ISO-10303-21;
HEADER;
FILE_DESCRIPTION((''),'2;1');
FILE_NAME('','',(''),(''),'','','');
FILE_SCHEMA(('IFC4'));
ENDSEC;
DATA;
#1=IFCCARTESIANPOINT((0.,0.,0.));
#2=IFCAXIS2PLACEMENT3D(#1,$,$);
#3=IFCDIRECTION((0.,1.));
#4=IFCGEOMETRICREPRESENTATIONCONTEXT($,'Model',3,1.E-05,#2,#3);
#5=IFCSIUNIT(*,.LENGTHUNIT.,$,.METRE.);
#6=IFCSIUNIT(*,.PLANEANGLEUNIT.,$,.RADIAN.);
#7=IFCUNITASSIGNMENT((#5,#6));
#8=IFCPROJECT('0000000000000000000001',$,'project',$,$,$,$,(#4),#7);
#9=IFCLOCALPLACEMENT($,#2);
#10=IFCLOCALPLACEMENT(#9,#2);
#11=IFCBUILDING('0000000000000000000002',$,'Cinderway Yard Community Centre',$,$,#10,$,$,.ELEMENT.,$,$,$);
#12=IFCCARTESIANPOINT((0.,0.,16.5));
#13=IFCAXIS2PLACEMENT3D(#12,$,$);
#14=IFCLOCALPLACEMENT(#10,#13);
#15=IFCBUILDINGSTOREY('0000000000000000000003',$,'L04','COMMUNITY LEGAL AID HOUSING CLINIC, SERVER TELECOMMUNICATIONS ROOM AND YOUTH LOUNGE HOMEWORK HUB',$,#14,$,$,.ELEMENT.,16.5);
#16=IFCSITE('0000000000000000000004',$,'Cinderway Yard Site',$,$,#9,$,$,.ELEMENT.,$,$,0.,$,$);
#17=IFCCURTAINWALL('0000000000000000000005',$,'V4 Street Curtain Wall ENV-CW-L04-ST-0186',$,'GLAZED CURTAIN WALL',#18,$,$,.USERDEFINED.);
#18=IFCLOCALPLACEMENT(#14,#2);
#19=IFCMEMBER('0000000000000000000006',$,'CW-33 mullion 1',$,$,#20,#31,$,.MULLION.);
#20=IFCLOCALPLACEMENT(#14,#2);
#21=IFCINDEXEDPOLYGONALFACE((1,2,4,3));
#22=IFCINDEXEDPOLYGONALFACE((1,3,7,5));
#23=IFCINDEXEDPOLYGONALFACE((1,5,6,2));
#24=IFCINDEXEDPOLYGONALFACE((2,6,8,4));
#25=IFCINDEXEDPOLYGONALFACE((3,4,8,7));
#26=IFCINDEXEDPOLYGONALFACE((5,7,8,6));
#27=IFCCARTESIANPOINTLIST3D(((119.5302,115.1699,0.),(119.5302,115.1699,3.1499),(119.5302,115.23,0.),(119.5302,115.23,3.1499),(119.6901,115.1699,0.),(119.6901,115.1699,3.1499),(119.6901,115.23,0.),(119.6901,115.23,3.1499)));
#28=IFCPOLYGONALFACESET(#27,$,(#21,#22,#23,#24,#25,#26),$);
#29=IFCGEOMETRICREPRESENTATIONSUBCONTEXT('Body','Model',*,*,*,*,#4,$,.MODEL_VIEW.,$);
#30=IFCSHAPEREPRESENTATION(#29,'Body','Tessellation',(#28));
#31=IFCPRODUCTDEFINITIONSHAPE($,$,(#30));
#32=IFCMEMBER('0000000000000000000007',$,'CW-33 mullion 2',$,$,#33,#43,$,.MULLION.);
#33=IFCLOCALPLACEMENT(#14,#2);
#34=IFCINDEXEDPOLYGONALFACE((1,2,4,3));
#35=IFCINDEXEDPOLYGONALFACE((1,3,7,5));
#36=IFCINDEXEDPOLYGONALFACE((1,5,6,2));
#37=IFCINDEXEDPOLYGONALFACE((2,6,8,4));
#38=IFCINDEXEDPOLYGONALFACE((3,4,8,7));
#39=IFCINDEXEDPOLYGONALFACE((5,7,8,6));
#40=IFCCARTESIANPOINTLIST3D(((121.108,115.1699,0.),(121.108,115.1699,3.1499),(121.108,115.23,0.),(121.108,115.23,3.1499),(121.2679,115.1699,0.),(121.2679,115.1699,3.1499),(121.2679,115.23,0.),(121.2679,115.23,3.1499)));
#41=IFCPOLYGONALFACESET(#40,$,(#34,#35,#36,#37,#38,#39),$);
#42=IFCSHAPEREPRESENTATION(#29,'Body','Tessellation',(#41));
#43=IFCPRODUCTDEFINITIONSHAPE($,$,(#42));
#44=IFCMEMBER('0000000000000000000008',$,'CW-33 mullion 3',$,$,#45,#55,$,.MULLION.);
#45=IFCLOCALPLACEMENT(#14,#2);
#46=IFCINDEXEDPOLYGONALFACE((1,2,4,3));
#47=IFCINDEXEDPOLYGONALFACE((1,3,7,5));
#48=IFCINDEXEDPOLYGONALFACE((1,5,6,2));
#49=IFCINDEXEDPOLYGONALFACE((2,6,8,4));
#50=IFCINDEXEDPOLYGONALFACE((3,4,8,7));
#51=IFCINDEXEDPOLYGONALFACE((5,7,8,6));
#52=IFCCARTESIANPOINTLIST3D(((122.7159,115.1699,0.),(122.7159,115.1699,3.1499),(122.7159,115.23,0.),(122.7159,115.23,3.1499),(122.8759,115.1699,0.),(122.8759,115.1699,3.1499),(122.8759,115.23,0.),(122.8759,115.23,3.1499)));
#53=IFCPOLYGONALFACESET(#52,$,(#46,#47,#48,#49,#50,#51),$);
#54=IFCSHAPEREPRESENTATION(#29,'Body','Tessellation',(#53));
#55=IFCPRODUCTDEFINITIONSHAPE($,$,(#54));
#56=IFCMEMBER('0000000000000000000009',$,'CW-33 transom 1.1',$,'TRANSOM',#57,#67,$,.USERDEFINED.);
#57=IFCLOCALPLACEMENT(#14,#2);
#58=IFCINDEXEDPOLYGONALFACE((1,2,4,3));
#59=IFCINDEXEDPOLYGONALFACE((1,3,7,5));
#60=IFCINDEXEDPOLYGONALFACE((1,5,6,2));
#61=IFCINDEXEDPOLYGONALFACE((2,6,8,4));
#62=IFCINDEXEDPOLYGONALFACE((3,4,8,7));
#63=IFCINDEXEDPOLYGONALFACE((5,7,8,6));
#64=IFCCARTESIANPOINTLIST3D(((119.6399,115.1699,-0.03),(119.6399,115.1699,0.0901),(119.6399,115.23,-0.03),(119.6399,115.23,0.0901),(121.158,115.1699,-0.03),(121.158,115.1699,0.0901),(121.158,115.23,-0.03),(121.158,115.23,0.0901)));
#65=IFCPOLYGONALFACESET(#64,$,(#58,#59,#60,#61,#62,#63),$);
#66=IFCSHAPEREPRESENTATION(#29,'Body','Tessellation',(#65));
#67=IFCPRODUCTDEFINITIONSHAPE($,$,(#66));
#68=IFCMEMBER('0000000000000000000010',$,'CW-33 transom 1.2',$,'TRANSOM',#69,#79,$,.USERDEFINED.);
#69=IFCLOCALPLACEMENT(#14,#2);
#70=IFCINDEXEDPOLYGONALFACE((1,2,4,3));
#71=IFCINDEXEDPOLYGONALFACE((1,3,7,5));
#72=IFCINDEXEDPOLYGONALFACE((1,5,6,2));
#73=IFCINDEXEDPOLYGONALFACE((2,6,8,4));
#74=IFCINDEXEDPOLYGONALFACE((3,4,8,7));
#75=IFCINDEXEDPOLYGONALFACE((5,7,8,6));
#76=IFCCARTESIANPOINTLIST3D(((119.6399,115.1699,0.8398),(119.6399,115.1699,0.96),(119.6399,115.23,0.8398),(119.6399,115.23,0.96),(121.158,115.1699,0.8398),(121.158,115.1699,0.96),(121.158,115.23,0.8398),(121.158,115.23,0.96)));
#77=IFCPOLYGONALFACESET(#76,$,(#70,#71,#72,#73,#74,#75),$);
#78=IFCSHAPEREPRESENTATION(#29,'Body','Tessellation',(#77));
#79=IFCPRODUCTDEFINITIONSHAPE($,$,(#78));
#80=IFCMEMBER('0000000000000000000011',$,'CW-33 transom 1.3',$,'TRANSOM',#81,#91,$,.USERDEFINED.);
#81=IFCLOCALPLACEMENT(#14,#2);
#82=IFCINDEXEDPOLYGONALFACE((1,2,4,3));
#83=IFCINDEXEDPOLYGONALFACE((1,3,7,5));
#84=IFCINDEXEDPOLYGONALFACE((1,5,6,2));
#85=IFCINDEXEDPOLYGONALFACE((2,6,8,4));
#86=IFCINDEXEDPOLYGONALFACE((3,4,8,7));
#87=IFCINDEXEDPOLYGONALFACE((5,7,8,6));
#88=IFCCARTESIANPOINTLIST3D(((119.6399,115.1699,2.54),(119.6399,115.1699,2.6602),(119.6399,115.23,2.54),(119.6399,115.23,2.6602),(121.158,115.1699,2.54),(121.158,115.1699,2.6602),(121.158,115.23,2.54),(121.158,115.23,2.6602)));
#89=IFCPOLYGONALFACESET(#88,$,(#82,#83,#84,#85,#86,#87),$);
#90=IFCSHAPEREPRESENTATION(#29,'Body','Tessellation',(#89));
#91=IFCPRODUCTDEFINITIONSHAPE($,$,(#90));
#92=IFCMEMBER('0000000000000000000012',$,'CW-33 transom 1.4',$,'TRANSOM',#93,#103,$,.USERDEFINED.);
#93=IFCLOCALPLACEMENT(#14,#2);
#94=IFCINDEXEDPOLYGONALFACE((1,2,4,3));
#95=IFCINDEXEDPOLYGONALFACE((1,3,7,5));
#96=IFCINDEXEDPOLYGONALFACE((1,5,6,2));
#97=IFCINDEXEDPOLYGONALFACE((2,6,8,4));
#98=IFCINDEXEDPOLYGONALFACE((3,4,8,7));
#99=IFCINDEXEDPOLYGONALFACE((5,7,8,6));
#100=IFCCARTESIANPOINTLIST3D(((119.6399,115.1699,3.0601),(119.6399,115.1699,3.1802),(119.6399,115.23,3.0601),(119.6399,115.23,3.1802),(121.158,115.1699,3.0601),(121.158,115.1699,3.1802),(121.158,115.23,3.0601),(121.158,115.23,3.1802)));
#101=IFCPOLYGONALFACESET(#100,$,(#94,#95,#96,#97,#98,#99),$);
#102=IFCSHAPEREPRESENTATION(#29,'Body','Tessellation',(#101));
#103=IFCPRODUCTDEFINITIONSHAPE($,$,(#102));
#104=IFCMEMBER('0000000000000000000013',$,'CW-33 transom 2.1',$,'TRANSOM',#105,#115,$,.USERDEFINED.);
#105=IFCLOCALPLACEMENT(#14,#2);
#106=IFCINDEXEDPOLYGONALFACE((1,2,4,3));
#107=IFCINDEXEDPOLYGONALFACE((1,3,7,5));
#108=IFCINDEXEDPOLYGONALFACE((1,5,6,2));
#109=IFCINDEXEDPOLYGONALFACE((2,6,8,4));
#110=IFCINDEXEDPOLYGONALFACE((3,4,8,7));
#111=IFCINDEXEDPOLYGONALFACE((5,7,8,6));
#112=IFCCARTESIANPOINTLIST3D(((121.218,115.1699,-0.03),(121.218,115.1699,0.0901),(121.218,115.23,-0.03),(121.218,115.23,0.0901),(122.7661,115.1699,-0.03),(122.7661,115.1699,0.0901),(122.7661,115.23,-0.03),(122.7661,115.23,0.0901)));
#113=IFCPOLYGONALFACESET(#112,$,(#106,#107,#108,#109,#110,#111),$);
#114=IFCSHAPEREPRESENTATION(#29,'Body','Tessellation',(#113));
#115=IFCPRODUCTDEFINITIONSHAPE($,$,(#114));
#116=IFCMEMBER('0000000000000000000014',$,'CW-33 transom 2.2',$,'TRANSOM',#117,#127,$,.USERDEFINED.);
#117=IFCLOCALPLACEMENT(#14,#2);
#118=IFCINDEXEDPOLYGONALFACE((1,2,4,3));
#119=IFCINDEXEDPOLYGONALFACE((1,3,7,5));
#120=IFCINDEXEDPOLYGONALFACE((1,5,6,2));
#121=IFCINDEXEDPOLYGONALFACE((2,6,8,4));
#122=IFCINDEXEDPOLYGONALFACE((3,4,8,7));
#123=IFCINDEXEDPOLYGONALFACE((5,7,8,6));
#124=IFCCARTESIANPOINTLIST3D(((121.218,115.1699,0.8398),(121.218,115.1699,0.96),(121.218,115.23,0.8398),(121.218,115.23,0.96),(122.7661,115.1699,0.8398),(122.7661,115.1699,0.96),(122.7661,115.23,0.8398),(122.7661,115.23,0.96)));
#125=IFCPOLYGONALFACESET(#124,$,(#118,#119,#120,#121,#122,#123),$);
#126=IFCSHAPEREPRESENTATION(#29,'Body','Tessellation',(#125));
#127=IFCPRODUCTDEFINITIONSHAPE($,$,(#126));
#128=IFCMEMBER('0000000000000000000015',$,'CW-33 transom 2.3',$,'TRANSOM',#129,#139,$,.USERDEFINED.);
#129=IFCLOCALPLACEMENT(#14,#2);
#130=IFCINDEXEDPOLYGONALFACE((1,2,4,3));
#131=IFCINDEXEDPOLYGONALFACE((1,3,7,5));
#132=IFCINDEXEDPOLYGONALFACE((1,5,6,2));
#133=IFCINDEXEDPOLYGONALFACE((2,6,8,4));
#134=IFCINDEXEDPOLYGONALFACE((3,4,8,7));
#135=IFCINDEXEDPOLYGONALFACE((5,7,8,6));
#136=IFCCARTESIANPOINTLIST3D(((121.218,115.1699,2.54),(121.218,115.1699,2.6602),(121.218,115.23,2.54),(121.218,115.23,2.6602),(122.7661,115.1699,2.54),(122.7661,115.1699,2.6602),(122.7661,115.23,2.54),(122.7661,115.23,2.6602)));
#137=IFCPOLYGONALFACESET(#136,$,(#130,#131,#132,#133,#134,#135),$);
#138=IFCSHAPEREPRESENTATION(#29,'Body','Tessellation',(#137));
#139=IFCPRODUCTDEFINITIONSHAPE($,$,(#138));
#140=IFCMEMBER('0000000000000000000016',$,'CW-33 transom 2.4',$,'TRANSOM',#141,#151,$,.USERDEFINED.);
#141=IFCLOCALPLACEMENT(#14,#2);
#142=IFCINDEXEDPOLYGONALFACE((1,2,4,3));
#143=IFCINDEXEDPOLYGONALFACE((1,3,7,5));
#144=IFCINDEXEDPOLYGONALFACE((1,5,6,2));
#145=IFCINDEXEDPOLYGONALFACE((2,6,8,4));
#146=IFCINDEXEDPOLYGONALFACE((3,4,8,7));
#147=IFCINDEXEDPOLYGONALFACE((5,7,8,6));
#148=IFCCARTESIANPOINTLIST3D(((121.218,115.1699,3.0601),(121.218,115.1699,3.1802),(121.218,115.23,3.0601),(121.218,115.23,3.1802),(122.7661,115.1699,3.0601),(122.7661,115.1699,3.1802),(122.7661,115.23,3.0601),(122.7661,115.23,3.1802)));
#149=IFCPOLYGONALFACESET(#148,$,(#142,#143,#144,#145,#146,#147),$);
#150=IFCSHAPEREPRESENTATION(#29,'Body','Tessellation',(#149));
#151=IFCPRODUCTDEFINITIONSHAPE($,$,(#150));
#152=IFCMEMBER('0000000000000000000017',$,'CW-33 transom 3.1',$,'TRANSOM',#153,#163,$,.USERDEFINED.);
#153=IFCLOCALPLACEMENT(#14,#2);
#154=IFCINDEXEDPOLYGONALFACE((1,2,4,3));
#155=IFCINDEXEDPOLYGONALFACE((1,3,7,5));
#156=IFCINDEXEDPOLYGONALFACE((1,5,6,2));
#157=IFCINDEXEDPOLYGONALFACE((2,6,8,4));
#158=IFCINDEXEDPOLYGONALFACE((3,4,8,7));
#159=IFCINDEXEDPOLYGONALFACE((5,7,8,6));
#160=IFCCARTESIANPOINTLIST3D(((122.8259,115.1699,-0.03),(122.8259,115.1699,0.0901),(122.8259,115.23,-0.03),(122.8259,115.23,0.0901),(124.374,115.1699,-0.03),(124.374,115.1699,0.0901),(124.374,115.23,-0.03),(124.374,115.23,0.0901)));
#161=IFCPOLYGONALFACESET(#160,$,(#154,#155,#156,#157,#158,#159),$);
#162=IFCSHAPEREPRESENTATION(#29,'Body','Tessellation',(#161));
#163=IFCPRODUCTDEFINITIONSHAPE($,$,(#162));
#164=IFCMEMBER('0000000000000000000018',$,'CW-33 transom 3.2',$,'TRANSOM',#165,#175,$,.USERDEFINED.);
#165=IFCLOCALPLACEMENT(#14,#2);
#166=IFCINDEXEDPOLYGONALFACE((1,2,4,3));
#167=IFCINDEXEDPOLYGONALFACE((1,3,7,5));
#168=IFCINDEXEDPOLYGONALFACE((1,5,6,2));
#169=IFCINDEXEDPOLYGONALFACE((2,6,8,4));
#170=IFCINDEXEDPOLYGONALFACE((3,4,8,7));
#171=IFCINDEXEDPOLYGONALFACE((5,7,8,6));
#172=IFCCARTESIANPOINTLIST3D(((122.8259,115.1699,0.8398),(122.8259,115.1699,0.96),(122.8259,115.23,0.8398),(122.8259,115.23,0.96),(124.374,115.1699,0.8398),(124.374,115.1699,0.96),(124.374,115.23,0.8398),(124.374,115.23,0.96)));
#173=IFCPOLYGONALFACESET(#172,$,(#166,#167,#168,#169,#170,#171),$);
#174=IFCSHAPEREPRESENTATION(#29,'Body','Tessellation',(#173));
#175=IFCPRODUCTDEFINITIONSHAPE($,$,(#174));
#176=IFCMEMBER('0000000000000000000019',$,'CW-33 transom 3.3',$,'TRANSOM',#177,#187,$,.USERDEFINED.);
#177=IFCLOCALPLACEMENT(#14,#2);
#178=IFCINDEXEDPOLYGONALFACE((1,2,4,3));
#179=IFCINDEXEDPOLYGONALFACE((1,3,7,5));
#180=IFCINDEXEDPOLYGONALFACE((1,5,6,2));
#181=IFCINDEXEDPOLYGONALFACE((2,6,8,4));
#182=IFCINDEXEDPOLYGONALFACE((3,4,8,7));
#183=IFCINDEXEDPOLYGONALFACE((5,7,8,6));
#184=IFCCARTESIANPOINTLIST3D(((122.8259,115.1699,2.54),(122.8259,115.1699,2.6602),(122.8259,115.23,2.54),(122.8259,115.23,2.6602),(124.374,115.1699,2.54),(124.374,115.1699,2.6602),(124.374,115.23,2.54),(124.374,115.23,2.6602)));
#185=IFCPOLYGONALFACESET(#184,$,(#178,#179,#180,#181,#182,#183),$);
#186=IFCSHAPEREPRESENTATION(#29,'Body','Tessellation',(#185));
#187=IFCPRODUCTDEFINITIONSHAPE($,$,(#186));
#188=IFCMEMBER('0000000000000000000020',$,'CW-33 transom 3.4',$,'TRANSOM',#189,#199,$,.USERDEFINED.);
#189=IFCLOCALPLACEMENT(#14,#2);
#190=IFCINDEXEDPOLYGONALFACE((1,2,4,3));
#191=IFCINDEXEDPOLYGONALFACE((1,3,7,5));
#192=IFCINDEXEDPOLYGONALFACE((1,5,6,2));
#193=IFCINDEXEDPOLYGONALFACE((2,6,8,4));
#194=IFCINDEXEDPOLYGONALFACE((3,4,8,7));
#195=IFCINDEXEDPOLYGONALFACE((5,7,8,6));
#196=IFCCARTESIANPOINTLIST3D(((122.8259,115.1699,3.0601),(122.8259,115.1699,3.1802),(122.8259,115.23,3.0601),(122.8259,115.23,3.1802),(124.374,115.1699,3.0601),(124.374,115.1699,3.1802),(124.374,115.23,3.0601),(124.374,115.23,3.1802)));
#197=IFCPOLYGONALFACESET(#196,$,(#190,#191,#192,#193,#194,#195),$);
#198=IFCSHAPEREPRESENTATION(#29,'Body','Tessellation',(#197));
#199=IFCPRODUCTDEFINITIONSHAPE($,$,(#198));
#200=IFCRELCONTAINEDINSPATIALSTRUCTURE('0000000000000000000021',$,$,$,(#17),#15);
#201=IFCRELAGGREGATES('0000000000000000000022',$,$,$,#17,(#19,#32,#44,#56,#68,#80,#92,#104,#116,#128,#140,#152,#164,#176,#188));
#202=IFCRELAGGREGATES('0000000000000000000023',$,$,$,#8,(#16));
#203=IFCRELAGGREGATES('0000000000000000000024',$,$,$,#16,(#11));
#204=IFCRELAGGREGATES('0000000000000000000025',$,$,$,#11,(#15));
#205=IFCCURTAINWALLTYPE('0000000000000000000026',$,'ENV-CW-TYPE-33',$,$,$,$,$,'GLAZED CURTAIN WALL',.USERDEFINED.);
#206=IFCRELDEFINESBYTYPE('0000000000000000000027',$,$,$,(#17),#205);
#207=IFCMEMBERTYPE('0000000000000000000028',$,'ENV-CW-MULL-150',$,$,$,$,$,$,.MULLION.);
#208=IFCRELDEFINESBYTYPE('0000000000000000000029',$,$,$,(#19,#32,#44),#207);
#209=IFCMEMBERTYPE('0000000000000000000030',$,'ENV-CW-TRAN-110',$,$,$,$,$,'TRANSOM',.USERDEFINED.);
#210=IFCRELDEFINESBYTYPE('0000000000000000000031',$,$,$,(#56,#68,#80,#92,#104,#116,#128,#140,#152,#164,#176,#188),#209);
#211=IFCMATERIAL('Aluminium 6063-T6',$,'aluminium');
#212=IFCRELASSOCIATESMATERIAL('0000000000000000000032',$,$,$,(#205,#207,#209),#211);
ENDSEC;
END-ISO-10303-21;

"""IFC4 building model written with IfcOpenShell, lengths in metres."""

from ifc_helpers import new_model, si_unit, direction, frame, origin, origin_2d, place, context, subcontext, project, spatial, rectangle, extrude, material, material_profile, profile_set, type_object, element, aggregate, save


model = new_model("IFC4")

# Units and contexts
model_context = context("Model", 3, precision=1e-05, world=origin(), true_north=direction((0.0, 1.0)))
body_context = subcontext(model_context, "Body", "Model", "MODEL_VIEW")
ifc_project = project(units=[si_unit("LENGTHUNIT", "METRE"), si_unit("PLANEANGLEUNIT", "RADIAN")], contexts=[model_context])

# Site, building, storey
site_placement = place(None, origin())
site = spatial("IfcSite", under=ifc_project, at=site_placement, Name="Cinderway Yard Site", CompositionType="ELEMENT", RefElevation=0.0)
building_placement = place(site_placement, origin())
building = spatial("IfcBuilding", under=site, at=building_placement, Name="Cinderway Yard Community Centre", CompositionType="ELEMENT")
storey_placement = place(building_placement, frame((0.0, 0.0, 16.5)))
storey = spatial("IfcBuildingStorey", under=building, at=storey_placement, Name="L04", Description="COMMUNITY LEGAL AID HOUSING CLINIC, SERVER TELECOMMUNICATIONS ROOM AND YOUTH LOUNGE HOMEWORK HUB", CompositionType="ELEMENT", Elevation=16.5)

# Curtain wall, members
ifc_material_1 = material(Name="Aluminium 6063-T6", Category="aluminium")
curtain_wall_type = type_object("IfcCurtainWallType", Name="ENV-CW-TYPE-33", ElementType="GLAZED CURTAIN WALL", PredefinedType="USERDEFINED", material=ifc_material_1)
curtain_wall_placement = place(storey_placement, origin())
curtain_wall = element("IfcCurtainWall", 1, at=curtain_wall_placement, inside=storey, type_object=curtain_wall_type, Name="V4 Street Curtain Wall ENV-CW-L04-ST-0186", ObjectType="GLAZED CURTAIN WALL", PredefinedType="USERDEFINED")
ifc_material_profile_1 = material_profile(ifc_material_1, rectangle(XDim=0.0601, YDim=0.1599, at=origin_2d()), Name="Aluminium 6063-T6")
ifc_profile_set_1 = profile_set([ifc_material_profile_1], Name="Aluminium 6063-T6")
member_type_1 = type_object("IfcMemberType", Name="ENV-CW-MULL-150", PredefinedType="MULLION", material=ifc_profile_set_1)
member_1_placement = place(storey_placement, frame((119.6101, 115.2, 0.0), z_axis=(0.0, 0.0, 1.0), x_axis=(0.0, 1.0, 0.0)))
member_1 = element("IfcMember", 2, at=member_1_placement, type_object=member_type_1, Name="CW-33 mullion 1", PredefinedType="MULLION", context=body_context, shape_type="SweptSolid", body=[
    extrude(rectangle(XDim=0.0601, YDim=0.1599, at=origin_2d()), origin(), (0.0, 0.0, 1.0), 3.1499),
])
member_2_placement = place(storey_placement, frame((121.188, 115.2, 0.0), z_axis=(0.0, 0.0, 1.0), x_axis=(0.0, 1.0, 0.0)))
member_2 = element("IfcMember", 3, at=member_2_placement, type_object=member_type_1, Name="CW-33 mullion 2", PredefinedType="MULLION", context=body_context, shape_type="SweptSolid", body=[
    extrude(rectangle(XDim=0.0601, YDim=0.1599, at=origin_2d()), origin(), (0.0, 0.0, 1.0), 3.1499),
])
member_3_placement = place(storey_placement, frame((122.7959, 115.2, 0.0), z_axis=(0.0, 0.0, 1.0), x_axis=(0.0, 1.0, 0.0)))
member_3 = element("IfcMember", 4, at=member_3_placement, type_object=member_type_1, Name="CW-33 mullion 3", PredefinedType="MULLION", context=body_context, shape_type="SweptSolid", body=[
    extrude(rectangle(XDim=0.0601, YDim=0.1599, at=origin_2d()), origin(), (0.0, 0.0, 1.0), 3.1499),
])
ifc_material_profile_2 = material_profile(ifc_material_1, rectangle(XDim=0.0601, YDim=0.1201, at=origin_2d()), Name="Aluminium 6063-T6")
ifc_profile_set_2 = profile_set([ifc_material_profile_2], Name="Aluminium 6063-T6")
member_type_2 = type_object("IfcMemberType", Name="ENV-CW-TRAN-110", ElementType="TRANSOM", PredefinedType="USERDEFINED", material=ifc_profile_set_2)
member_4_placement = place(storey_placement, frame((119.6399, 115.2, 0.03), z_axis=(1.0, 0.0, 0.0), x_axis=(0.0, 1.0, 0.0)))
member_4 = element("IfcMember", 5, at=member_4_placement, type_object=member_type_2, Name="CW-33 transom 1.1", ObjectType="TRANSOM", PredefinedType="USERDEFINED", context=body_context, shape_type="SweptSolid", body=[
    extrude(rectangle(XDim=0.0601, YDim=0.1201, at=origin_2d()), origin(), (0.0, 0.0, 1.0), 1.5181),
])
member_5_placement = place(storey_placement, frame((119.6399, 115.2, 0.8999), z_axis=(1.0, 0.0, 0.0), x_axis=(0.0, 1.0, 0.0)))
member_5 = element("IfcMember", 6, at=member_5_placement, type_object=member_type_2, Name="CW-33 transom 1.2", ObjectType="TRANSOM", PredefinedType="USERDEFINED", context=body_context, shape_type="SweptSolid", body=[
    extrude(rectangle(XDim=0.0601, YDim=0.1201, at=origin_2d()), origin(), (0.0, 0.0, 1.0), 1.5181),
])
member_6_placement = place(storey_placement, frame((119.6399, 115.2, 2.6001), z_axis=(1.0, 0.0, 0.0), x_axis=(0.0, 1.0, 0.0)))
member_6 = element("IfcMember", 7, at=member_6_placement, type_object=member_type_2, Name="CW-33 transom 1.3", ObjectType="TRANSOM", PredefinedType="USERDEFINED", context=body_context, shape_type="SweptSolid", body=[
    extrude(rectangle(XDim=0.0601, YDim=0.1201, at=origin_2d()), origin(), (0.0, 0.0, 1.0), 1.5181),
])
member_7_placement = place(storey_placement, frame((119.6399, 115.2, 3.1201), z_axis=(1.0, 0.0, 0.0), x_axis=(0.0, 1.0, 0.0)))
member_7 = element("IfcMember", 8, at=member_7_placement, type_object=member_type_2, Name="CW-33 transom 1.4", ObjectType="TRANSOM", PredefinedType="USERDEFINED", context=body_context, shape_type="SweptSolid", body=[
    extrude(rectangle(XDim=0.0601, YDim=0.1201, at=origin_2d()), origin(), (0.0, 0.0, 1.0), 1.5181),
])
member_8_placement = place(storey_placement, frame((121.218, 115.2, 0.03), z_axis=(1.0, 0.0, 0.0), x_axis=(0.0, 1.0, 0.0)))
member_8 = element("IfcMember", 9, at=member_8_placement, type_object=member_type_2, Name="CW-33 transom 2.1", ObjectType="TRANSOM", PredefinedType="USERDEFINED", context=body_context, shape_type="SweptSolid", body=[
    extrude(rectangle(XDim=0.0601, YDim=0.1201, at=origin_2d()), origin(), (0.0, 0.0, 1.0), 1.5481),
])
member_9_placement = place(storey_placement, frame((121.218, 115.2, 0.8999), z_axis=(1.0, 0.0, 0.0), x_axis=(0.0, 1.0, 0.0)))
member_9 = element("IfcMember", 10, at=member_9_placement, type_object=member_type_2, Name="CW-33 transom 2.2", ObjectType="TRANSOM", PredefinedType="USERDEFINED", context=body_context, shape_type="SweptSolid", body=[
    extrude(rectangle(XDim=0.0601, YDim=0.1201, at=origin_2d()), origin(), (0.0, 0.0, 1.0), 1.5481),
])
member_10_placement = place(storey_placement, frame((121.218, 115.2, 2.6001), z_axis=(1.0, 0.0, 0.0), x_axis=(0.0, 1.0, 0.0)))
member_10 = element("IfcMember", 11, at=member_10_placement, type_object=member_type_2, Name="CW-33 transom 2.3", ObjectType="TRANSOM", PredefinedType="USERDEFINED", context=body_context, shape_type="SweptSolid", body=[
    extrude(rectangle(XDim=0.0601, YDim=0.1201, at=origin_2d()), origin(), (0.0, 0.0, 1.0), 1.5481),
])
member_11_placement = place(storey_placement, frame((121.218, 115.2, 3.1201), z_axis=(1.0, 0.0, 0.0), x_axis=(0.0, 1.0, 0.0)))
member_11 = element("IfcMember", 12, at=member_11_placement, type_object=member_type_2, Name="CW-33 transom 2.4", ObjectType="TRANSOM", PredefinedType="USERDEFINED", context=body_context, shape_type="SweptSolid", body=[
    extrude(rectangle(XDim=0.0601, YDim=0.1201, at=origin_2d()), origin(), (0.0, 0.0, 1.0), 1.5481),
])
member_12_placement = place(storey_placement, frame((122.8259, 115.2, 0.03), z_axis=(1.0, 0.0, 0.0), x_axis=(0.0, 1.0, 0.0)))
member_12 = element("IfcMember", 13, at=member_12_placement, type_object=member_type_2, Name="CW-33 transom 3.1", ObjectType="TRANSOM", PredefinedType="USERDEFINED", context=body_context, shape_type="SweptSolid", body=[
    extrude(rectangle(XDim=0.0601, YDim=0.1201, at=origin_2d()), origin(), (0.0, 0.0, 1.0), 1.5481),
])
member_13_placement = place(storey_placement, frame((122.8259, 115.2, 0.8999), z_axis=(1.0, 0.0, 0.0), x_axis=(0.0, 1.0, 0.0)))
member_13 = element("IfcMember", 14, at=member_13_placement, type_object=member_type_2, Name="CW-33 transom 3.2", ObjectType="TRANSOM", PredefinedType="USERDEFINED", context=body_context, shape_type="SweptSolid", body=[
    extrude(rectangle(XDim=0.0601, YDim=0.1201, at=origin_2d()), origin(), (0.0, 0.0, 1.0), 1.5481),
])
member_14_placement = place(storey_placement, frame((122.8259, 115.2, 2.6001), z_axis=(1.0, 0.0, 0.0), x_axis=(0.0, 1.0, 0.0)))
member_14 = element("IfcMember", 15, at=member_14_placement, type_object=member_type_2, Name="CW-33 transom 3.3", ObjectType="TRANSOM", PredefinedType="USERDEFINED", context=body_context, shape_type="SweptSolid", body=[
    extrude(rectangle(XDim=0.0601, YDim=0.1201, at=origin_2d()), origin(), (0.0, 0.0, 1.0), 1.5481),
])
member_15_placement = place(storey_placement, frame((122.8259, 115.2, 3.1201), z_axis=(1.0, 0.0, 0.0), x_axis=(0.0, 1.0, 0.0)))
member_15 = element("IfcMember", 16, at=member_15_placement, type_object=member_type_2, Name="CW-33 transom 3.4", ObjectType="TRANSOM", PredefinedType="USERDEFINED", context=body_context, shape_type="SweptSolid", body=[
    extrude(rectangle(XDim=0.0601, YDim=0.1201, at=origin_2d()), origin(), (0.0, 0.0, 1.0), 1.5481),
])

aggregate(curtain_wall, [member_1, member_2, member_3, member_4, member_5, member_6, member_7, member_8, member_9, member_10, member_11, member_12, member_13, member_14, member_15])

save(model, "model.ifc")
